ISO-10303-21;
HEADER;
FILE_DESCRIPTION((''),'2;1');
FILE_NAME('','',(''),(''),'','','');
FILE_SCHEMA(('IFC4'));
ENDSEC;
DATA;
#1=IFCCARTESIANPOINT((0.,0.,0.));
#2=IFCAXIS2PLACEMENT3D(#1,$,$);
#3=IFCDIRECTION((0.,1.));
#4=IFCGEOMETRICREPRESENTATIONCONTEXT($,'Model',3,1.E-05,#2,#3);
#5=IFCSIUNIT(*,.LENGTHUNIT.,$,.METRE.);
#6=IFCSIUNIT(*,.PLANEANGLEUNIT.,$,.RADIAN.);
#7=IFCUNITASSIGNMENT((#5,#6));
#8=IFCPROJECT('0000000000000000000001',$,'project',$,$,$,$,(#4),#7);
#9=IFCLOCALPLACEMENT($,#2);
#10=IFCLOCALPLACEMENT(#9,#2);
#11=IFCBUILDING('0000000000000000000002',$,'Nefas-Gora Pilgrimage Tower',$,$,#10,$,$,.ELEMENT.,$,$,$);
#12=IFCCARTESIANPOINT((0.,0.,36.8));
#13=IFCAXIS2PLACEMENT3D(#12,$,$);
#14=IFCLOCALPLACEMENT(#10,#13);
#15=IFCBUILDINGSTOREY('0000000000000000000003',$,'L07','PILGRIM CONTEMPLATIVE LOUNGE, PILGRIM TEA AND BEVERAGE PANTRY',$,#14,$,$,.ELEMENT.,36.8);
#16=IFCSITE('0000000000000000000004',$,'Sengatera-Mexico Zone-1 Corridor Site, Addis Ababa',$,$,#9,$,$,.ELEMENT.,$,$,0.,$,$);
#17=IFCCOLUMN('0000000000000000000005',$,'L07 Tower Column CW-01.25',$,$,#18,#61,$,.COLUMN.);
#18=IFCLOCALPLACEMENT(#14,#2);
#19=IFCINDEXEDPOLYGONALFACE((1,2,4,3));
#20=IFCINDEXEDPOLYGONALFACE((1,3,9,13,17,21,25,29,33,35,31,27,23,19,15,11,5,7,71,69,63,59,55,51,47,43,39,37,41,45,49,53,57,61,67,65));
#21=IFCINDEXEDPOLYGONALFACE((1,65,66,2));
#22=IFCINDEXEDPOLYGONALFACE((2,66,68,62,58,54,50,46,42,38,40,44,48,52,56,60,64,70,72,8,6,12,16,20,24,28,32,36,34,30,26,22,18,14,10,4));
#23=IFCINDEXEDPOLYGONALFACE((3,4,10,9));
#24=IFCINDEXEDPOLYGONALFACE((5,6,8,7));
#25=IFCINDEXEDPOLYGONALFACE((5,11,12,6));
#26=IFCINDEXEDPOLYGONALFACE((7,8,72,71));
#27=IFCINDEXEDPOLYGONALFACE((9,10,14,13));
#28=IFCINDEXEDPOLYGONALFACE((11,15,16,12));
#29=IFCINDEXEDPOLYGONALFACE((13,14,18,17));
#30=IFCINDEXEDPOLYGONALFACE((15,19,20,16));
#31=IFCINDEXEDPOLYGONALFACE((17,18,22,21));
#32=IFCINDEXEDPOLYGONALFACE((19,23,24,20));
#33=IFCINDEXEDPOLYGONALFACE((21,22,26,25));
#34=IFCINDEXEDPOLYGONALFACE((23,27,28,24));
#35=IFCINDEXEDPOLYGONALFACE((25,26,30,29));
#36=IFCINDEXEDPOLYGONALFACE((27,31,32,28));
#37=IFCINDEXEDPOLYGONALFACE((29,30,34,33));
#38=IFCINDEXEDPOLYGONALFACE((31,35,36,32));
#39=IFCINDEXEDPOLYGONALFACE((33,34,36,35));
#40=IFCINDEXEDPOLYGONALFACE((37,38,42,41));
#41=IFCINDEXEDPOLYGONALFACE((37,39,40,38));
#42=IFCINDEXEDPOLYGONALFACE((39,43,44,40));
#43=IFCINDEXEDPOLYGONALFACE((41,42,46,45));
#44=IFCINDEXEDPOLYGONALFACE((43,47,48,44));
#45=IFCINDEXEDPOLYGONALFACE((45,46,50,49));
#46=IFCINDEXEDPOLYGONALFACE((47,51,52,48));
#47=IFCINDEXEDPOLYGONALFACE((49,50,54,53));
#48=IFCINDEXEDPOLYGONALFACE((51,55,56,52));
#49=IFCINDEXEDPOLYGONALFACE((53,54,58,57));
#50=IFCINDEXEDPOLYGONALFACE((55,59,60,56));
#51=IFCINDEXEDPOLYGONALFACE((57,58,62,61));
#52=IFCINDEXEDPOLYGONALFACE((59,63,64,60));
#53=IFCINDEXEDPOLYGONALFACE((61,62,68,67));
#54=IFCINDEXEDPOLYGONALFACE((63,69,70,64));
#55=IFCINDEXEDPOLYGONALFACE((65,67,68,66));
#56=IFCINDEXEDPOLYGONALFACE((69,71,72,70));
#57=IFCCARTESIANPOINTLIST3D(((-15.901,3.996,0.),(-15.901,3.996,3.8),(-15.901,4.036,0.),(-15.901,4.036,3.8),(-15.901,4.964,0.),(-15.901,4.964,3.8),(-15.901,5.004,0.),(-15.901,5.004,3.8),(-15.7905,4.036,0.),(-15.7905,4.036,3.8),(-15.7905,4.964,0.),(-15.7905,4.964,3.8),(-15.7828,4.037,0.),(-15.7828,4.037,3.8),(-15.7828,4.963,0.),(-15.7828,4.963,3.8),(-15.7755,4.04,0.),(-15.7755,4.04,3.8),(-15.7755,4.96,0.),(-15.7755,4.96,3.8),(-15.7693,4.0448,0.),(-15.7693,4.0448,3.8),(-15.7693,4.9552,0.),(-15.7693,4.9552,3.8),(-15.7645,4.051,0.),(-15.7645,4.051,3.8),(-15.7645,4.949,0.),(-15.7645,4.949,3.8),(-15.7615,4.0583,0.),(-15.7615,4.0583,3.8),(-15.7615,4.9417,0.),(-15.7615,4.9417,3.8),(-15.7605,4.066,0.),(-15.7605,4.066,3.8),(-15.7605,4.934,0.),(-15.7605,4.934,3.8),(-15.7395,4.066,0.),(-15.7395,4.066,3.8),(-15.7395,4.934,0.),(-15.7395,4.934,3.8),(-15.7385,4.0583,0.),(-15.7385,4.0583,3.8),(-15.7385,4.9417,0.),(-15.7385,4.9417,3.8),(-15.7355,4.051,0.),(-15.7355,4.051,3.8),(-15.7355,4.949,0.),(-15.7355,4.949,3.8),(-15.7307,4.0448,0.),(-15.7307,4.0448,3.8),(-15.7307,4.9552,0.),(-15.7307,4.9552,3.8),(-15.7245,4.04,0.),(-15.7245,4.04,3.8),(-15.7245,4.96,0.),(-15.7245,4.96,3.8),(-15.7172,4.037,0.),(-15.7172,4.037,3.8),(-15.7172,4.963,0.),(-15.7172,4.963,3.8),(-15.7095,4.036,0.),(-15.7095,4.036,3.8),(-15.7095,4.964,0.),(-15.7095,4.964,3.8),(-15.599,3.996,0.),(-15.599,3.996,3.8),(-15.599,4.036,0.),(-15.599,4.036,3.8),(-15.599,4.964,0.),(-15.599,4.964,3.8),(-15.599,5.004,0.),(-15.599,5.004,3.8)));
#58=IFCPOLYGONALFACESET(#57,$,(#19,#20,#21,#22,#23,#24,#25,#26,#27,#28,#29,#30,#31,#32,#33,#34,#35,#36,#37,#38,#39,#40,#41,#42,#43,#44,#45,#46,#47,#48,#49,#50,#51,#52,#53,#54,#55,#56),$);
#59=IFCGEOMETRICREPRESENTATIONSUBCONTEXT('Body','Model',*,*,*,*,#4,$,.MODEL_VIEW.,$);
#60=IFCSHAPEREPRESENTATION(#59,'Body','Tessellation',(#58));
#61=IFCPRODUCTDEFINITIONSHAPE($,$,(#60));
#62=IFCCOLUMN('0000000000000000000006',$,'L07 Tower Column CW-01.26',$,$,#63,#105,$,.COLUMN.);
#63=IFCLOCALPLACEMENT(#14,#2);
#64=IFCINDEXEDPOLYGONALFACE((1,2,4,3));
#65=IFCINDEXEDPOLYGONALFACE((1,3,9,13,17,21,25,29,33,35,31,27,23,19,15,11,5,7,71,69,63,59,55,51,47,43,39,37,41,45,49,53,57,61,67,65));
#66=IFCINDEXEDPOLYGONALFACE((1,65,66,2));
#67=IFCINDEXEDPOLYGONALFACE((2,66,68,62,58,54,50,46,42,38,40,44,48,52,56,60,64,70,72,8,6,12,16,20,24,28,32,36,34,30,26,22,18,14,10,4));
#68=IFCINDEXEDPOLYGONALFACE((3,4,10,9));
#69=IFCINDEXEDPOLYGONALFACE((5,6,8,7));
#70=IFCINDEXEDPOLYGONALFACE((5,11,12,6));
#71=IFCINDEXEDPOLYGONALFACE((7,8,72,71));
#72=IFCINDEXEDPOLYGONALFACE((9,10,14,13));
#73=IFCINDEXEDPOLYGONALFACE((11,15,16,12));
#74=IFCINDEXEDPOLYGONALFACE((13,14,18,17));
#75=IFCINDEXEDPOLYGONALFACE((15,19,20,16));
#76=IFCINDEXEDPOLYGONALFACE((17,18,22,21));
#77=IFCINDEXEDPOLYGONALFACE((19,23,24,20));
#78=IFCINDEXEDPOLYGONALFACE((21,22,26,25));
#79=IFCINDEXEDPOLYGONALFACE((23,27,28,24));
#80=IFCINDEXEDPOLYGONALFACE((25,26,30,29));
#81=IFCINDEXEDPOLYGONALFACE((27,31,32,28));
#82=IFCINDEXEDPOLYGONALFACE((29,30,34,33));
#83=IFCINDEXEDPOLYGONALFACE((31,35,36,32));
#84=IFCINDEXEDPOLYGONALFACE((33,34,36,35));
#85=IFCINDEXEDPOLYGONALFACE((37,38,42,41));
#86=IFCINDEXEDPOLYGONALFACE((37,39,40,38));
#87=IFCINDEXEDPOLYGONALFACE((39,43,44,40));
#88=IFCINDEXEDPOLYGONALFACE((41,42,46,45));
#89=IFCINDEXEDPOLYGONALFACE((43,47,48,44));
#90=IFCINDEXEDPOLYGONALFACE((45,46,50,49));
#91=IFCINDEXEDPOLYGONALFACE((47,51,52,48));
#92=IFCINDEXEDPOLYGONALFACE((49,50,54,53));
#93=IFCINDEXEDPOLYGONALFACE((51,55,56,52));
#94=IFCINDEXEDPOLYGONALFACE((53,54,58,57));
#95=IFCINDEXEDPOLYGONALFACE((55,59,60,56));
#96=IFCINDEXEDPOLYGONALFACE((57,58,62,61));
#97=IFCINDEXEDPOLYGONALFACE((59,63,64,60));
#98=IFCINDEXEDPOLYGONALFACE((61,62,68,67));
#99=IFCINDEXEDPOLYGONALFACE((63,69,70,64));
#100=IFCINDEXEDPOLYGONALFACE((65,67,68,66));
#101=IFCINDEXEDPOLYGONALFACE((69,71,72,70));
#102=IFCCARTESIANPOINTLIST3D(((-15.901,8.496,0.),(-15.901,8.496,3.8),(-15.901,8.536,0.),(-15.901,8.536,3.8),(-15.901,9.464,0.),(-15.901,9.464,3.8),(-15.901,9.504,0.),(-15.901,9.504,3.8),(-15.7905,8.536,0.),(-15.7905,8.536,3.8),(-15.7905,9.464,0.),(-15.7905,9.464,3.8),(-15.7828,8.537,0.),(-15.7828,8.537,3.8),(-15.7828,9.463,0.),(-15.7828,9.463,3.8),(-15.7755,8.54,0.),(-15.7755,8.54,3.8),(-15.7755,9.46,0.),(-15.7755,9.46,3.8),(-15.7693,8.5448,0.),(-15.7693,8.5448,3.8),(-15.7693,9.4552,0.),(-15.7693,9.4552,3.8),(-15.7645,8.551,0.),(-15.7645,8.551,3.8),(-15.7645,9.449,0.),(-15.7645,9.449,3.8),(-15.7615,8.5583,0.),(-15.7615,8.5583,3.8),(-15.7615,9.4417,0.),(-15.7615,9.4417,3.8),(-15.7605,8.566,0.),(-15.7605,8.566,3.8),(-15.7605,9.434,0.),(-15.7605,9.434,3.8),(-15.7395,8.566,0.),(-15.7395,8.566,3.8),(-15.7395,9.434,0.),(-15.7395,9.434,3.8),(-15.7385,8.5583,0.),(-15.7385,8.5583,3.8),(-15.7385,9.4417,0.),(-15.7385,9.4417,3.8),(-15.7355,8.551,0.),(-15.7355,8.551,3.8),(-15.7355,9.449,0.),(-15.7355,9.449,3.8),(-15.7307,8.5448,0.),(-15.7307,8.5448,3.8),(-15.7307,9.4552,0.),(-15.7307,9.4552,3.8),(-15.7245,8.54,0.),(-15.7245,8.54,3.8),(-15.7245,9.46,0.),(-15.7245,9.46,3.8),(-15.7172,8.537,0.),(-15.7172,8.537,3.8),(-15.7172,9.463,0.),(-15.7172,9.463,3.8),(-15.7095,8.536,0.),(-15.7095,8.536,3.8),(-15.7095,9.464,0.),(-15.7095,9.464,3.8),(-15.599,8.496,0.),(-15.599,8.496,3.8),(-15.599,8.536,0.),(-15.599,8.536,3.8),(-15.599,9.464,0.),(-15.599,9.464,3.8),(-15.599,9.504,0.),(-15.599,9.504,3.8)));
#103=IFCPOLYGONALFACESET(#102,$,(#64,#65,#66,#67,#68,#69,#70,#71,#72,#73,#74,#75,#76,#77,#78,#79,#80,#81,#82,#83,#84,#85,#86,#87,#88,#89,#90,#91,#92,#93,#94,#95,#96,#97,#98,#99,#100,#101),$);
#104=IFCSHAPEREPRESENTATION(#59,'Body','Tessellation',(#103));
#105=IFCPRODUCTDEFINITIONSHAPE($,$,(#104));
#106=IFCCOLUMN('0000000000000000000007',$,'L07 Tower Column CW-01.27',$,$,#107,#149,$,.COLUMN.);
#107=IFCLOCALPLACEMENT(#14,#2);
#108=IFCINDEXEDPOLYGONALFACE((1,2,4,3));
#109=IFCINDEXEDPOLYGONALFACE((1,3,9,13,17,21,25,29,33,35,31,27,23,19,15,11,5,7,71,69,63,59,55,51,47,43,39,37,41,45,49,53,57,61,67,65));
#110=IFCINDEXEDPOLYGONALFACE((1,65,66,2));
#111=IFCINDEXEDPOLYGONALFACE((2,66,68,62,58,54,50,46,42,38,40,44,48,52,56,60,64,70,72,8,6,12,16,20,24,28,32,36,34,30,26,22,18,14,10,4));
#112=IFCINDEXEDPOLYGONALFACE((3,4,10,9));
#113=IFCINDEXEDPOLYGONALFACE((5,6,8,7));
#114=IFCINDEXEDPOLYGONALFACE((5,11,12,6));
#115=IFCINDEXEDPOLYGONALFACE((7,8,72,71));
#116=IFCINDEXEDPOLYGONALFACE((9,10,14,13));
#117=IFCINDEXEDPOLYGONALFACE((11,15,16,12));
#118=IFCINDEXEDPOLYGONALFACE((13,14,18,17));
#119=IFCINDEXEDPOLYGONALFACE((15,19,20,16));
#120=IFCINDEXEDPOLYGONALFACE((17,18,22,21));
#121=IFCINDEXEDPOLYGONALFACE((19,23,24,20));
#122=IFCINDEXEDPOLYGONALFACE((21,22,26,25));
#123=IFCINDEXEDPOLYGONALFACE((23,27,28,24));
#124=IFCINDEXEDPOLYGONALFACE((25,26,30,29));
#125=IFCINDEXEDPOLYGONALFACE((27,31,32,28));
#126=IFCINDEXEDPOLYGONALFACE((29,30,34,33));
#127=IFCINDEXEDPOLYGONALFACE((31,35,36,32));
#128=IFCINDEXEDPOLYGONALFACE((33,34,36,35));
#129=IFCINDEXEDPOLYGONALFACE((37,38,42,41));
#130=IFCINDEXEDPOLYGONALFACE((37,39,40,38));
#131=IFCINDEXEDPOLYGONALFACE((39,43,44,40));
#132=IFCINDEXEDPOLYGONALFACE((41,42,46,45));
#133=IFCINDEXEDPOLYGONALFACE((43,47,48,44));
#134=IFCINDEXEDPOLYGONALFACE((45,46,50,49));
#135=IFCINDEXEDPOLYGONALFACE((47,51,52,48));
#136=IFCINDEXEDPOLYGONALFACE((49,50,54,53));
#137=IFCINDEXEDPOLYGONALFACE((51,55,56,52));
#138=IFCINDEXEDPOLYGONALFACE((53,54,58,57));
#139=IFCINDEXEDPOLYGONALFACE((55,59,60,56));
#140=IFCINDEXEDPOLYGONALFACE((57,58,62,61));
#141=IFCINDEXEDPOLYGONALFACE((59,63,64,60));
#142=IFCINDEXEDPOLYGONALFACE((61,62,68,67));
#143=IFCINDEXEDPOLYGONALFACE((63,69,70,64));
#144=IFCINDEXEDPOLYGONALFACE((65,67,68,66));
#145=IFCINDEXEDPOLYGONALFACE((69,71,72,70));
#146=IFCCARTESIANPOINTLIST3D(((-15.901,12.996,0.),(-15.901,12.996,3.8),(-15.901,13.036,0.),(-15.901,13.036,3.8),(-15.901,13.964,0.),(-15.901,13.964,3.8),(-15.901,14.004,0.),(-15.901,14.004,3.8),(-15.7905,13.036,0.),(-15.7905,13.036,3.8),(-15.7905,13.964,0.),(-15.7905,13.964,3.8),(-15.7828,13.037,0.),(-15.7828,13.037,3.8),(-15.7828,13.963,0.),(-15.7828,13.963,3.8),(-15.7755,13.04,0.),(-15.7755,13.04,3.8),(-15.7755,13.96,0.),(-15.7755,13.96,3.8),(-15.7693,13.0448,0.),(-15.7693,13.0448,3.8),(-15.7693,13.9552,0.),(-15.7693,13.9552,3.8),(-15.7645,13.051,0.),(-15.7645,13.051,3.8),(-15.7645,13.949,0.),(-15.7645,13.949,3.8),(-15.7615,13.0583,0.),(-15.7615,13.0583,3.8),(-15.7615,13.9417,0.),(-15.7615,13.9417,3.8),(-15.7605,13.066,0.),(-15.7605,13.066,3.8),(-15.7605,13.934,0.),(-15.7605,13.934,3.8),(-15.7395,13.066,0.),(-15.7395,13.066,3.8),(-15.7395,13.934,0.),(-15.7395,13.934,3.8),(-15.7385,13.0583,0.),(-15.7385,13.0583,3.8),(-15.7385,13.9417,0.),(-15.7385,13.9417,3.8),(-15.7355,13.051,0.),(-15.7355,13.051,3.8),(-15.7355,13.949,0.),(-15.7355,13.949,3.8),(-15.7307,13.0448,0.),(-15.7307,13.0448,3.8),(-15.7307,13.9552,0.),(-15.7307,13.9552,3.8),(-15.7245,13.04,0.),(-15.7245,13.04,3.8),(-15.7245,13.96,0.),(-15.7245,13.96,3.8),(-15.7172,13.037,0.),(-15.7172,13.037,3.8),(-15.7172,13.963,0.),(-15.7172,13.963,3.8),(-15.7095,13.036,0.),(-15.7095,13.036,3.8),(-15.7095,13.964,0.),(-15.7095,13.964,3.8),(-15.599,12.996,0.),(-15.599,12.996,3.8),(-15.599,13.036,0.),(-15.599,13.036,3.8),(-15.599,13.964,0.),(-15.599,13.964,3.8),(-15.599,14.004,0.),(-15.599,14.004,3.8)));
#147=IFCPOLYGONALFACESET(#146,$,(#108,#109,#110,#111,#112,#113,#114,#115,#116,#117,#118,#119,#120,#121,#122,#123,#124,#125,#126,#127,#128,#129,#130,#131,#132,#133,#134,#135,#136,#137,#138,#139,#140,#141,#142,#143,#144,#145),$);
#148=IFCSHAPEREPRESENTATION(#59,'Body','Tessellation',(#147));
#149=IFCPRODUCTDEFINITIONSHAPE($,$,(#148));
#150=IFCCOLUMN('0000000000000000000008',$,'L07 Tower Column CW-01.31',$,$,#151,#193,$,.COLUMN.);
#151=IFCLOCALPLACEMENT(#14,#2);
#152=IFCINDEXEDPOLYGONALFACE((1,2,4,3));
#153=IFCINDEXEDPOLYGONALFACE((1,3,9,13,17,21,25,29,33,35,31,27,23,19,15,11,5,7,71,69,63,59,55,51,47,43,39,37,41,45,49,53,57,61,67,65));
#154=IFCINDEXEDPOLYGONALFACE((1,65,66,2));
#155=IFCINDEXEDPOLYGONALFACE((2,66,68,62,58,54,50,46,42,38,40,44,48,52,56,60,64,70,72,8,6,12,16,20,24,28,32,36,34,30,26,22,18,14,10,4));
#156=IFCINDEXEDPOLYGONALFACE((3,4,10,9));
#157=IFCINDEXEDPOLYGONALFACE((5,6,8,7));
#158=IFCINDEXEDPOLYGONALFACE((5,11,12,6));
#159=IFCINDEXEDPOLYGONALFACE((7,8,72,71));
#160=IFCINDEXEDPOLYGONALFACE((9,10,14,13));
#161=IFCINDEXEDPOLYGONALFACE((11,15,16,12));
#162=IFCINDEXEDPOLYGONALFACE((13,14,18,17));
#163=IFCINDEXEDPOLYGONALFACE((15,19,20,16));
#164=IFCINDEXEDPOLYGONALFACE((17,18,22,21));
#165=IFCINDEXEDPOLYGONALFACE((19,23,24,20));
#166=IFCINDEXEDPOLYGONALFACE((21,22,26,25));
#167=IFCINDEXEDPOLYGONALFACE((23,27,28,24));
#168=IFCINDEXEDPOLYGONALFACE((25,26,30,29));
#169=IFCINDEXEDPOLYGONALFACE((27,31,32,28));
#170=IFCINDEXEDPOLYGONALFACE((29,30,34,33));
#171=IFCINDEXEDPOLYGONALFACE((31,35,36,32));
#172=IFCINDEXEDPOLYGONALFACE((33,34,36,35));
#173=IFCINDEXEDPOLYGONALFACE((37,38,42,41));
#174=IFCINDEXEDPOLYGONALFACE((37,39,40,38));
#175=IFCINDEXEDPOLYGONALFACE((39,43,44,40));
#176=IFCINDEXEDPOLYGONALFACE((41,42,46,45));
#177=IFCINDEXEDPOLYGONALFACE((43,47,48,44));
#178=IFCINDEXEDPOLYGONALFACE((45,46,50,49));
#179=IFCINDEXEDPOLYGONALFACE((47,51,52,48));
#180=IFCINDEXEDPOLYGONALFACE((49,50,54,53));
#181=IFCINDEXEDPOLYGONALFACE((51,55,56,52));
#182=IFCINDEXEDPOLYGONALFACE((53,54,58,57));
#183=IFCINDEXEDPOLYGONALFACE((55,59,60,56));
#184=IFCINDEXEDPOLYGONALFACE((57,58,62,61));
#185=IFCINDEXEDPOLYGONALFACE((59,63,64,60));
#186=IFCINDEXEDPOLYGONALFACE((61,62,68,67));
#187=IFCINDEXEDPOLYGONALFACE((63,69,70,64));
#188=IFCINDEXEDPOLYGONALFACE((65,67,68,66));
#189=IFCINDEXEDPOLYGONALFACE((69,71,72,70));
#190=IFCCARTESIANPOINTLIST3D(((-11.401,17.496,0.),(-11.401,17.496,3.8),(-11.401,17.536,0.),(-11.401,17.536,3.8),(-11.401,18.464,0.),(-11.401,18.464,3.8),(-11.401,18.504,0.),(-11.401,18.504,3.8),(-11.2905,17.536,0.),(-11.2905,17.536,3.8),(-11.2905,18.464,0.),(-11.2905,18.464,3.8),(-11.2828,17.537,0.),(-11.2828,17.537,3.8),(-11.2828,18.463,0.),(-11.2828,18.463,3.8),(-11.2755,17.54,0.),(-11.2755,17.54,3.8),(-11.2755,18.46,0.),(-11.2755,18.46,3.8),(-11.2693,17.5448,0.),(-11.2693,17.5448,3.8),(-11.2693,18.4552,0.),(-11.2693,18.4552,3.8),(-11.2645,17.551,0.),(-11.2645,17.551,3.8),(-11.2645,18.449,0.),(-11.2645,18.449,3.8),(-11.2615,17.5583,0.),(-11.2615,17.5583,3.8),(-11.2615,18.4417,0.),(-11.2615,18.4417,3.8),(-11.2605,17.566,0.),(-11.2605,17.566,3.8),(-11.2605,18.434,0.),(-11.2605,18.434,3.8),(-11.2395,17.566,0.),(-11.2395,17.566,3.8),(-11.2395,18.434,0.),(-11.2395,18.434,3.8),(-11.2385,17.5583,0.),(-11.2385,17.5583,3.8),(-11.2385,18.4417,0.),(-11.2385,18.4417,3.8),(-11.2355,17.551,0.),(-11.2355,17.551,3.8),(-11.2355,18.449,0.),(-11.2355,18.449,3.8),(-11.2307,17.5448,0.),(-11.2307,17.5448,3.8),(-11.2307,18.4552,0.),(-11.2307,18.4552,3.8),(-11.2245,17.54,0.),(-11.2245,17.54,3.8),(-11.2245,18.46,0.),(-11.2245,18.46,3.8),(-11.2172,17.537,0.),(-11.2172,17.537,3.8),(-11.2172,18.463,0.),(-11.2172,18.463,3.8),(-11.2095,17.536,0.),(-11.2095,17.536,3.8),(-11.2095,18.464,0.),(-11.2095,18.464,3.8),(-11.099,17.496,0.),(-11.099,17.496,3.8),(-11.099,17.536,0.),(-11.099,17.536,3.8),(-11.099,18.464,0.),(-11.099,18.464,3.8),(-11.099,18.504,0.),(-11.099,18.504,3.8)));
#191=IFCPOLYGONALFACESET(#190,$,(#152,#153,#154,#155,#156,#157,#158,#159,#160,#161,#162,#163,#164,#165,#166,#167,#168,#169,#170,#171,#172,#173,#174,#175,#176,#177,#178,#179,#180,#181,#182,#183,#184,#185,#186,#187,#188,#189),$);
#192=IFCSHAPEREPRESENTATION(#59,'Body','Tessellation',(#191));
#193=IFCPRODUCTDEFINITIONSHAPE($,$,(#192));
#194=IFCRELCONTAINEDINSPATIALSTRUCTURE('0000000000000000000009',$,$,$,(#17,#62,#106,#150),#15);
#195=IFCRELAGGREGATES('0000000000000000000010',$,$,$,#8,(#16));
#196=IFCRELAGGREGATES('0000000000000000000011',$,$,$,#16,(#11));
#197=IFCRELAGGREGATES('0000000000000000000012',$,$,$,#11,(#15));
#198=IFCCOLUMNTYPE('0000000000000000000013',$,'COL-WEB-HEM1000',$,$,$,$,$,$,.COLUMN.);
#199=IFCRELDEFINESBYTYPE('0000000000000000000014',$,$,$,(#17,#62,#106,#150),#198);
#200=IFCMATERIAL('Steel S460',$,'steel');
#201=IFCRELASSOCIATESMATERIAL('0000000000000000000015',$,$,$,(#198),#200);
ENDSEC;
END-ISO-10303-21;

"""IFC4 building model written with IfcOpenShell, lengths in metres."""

from ifc_helpers import new_model, si_unit, direction, frame, origin, origin_2d, place, context, subcontext, project, spatial, i_section, extrude, source, transform, mapped, material, material_profile, profile_set, type_object, element, save


model = new_model("IFC4")

# Units and contexts
model_context = context("Model", 3, precision=1e-05, world=origin(), true_north=direction((0.0, 1.0)))
body_context = subcontext(model_context, "Body", "Model", "MODEL_VIEW")
ifc_project = project(units=[si_unit("LENGTHUNIT", "METRE"), si_unit("PLANEANGLEUNIT", "RADIAN")], contexts=[model_context])

# Site, building, storey
site_placement = place(None, origin())
site = spatial("IfcSite", under=ifc_project, at=site_placement, Name="Sengatera-Mexico Zone-1 Corridor Site, Addis Ababa", CompositionType="ELEMENT", RefElevation=0.0)
building_placement = place(site_placement, origin())
building = spatial("IfcBuilding", under=site, at=building_placement, Name="Nefas-Gora Pilgrimage Tower", CompositionType="ELEMENT")
storey_placement = place(building_placement, frame((0.0, 0.0, 36.8)))
storey = spatial("IfcBuildingStorey", under=building, at=storey_placement, Name="L07", Description="PILGRIM CONTEMPLATIVE LOUNGE, PILGRIM TEA AND BEVERAGE PANTRY", CompositionType="ELEMENT", Elevation=36.8)

# Columns
ifc_material_1 = material(Name="Steel S460", Category="steel")
ifc_material_profile_1 = material_profile(ifc_material_1, i_section(OverallWidth=0.302, OverallDepth=1.0081, WebThickness=0.021, FlangeThickness=0.04, FilletRadius=0.03, at=origin_2d()), Name="HEM 1000")
ifc_profile_set_1 = profile_set([ifc_material_profile_1], Name="Steel S460")
column_type_1 = type_object("IfcColumnType", Name="COL-WEB-HEM1000", PredefinedType="COLUMN", material=ifc_profile_set_1)
shared_shape_1 = source(origin(), body_context, "Body", "SweptSolid", [
    extrude(i_section(OverallWidth=0.302, OverallDepth=1.0081, WebThickness=0.021, FlangeThickness=0.04, FilletRadius=0.03, at=origin_2d()), origin(), (0.0, 0.0, 1.0), 3.8),
])
for number, where, z_axis, x_axis, name in (
    (1, (-15.75, 4.5, 0.0), (0.0, 0.0, 1.0), (1.0, 0.0, 0.0), "L07 Tower Column CW-01.25"),
    (2, (-15.75, 9.0, 0.0), (0.0, 0.0, 1.0), (1.0, 0.0, 0.0), "L07 Tower Column CW-01.26"),
    (3, (-15.75, 13.5, 0.0), (0.0, 0.0, 1.0), (1.0, 0.0, 0.0), "L07 Tower Column CW-01.27"),
    (4, (-11.25, 18.0, 0.0), (0.0, 0.0, 1.0), (1.0, 0.0, 0.0), "L07 Tower Column CW-01.31"),
):
    element("IfcColumn", number, at=place(storey_placement, frame(where, z_axis=z_axis, x_axis=x_axis)), inside=storey, type_object=column_type_1, Name=name, PredefinedType="COLUMN", context=body_context, shape_type="MappedRepresentation", body=[
        mapped(shared_shape_1, transform((0.0, 0.0, 0.0), x_axis=(1.0, 0.0, 0.0), y_axis=(0.0, 1.0, 0.0), z_axis=(0.0, 0.0, 1.0), scale=1.0)),
    ])

save(model, "model.ifc")
